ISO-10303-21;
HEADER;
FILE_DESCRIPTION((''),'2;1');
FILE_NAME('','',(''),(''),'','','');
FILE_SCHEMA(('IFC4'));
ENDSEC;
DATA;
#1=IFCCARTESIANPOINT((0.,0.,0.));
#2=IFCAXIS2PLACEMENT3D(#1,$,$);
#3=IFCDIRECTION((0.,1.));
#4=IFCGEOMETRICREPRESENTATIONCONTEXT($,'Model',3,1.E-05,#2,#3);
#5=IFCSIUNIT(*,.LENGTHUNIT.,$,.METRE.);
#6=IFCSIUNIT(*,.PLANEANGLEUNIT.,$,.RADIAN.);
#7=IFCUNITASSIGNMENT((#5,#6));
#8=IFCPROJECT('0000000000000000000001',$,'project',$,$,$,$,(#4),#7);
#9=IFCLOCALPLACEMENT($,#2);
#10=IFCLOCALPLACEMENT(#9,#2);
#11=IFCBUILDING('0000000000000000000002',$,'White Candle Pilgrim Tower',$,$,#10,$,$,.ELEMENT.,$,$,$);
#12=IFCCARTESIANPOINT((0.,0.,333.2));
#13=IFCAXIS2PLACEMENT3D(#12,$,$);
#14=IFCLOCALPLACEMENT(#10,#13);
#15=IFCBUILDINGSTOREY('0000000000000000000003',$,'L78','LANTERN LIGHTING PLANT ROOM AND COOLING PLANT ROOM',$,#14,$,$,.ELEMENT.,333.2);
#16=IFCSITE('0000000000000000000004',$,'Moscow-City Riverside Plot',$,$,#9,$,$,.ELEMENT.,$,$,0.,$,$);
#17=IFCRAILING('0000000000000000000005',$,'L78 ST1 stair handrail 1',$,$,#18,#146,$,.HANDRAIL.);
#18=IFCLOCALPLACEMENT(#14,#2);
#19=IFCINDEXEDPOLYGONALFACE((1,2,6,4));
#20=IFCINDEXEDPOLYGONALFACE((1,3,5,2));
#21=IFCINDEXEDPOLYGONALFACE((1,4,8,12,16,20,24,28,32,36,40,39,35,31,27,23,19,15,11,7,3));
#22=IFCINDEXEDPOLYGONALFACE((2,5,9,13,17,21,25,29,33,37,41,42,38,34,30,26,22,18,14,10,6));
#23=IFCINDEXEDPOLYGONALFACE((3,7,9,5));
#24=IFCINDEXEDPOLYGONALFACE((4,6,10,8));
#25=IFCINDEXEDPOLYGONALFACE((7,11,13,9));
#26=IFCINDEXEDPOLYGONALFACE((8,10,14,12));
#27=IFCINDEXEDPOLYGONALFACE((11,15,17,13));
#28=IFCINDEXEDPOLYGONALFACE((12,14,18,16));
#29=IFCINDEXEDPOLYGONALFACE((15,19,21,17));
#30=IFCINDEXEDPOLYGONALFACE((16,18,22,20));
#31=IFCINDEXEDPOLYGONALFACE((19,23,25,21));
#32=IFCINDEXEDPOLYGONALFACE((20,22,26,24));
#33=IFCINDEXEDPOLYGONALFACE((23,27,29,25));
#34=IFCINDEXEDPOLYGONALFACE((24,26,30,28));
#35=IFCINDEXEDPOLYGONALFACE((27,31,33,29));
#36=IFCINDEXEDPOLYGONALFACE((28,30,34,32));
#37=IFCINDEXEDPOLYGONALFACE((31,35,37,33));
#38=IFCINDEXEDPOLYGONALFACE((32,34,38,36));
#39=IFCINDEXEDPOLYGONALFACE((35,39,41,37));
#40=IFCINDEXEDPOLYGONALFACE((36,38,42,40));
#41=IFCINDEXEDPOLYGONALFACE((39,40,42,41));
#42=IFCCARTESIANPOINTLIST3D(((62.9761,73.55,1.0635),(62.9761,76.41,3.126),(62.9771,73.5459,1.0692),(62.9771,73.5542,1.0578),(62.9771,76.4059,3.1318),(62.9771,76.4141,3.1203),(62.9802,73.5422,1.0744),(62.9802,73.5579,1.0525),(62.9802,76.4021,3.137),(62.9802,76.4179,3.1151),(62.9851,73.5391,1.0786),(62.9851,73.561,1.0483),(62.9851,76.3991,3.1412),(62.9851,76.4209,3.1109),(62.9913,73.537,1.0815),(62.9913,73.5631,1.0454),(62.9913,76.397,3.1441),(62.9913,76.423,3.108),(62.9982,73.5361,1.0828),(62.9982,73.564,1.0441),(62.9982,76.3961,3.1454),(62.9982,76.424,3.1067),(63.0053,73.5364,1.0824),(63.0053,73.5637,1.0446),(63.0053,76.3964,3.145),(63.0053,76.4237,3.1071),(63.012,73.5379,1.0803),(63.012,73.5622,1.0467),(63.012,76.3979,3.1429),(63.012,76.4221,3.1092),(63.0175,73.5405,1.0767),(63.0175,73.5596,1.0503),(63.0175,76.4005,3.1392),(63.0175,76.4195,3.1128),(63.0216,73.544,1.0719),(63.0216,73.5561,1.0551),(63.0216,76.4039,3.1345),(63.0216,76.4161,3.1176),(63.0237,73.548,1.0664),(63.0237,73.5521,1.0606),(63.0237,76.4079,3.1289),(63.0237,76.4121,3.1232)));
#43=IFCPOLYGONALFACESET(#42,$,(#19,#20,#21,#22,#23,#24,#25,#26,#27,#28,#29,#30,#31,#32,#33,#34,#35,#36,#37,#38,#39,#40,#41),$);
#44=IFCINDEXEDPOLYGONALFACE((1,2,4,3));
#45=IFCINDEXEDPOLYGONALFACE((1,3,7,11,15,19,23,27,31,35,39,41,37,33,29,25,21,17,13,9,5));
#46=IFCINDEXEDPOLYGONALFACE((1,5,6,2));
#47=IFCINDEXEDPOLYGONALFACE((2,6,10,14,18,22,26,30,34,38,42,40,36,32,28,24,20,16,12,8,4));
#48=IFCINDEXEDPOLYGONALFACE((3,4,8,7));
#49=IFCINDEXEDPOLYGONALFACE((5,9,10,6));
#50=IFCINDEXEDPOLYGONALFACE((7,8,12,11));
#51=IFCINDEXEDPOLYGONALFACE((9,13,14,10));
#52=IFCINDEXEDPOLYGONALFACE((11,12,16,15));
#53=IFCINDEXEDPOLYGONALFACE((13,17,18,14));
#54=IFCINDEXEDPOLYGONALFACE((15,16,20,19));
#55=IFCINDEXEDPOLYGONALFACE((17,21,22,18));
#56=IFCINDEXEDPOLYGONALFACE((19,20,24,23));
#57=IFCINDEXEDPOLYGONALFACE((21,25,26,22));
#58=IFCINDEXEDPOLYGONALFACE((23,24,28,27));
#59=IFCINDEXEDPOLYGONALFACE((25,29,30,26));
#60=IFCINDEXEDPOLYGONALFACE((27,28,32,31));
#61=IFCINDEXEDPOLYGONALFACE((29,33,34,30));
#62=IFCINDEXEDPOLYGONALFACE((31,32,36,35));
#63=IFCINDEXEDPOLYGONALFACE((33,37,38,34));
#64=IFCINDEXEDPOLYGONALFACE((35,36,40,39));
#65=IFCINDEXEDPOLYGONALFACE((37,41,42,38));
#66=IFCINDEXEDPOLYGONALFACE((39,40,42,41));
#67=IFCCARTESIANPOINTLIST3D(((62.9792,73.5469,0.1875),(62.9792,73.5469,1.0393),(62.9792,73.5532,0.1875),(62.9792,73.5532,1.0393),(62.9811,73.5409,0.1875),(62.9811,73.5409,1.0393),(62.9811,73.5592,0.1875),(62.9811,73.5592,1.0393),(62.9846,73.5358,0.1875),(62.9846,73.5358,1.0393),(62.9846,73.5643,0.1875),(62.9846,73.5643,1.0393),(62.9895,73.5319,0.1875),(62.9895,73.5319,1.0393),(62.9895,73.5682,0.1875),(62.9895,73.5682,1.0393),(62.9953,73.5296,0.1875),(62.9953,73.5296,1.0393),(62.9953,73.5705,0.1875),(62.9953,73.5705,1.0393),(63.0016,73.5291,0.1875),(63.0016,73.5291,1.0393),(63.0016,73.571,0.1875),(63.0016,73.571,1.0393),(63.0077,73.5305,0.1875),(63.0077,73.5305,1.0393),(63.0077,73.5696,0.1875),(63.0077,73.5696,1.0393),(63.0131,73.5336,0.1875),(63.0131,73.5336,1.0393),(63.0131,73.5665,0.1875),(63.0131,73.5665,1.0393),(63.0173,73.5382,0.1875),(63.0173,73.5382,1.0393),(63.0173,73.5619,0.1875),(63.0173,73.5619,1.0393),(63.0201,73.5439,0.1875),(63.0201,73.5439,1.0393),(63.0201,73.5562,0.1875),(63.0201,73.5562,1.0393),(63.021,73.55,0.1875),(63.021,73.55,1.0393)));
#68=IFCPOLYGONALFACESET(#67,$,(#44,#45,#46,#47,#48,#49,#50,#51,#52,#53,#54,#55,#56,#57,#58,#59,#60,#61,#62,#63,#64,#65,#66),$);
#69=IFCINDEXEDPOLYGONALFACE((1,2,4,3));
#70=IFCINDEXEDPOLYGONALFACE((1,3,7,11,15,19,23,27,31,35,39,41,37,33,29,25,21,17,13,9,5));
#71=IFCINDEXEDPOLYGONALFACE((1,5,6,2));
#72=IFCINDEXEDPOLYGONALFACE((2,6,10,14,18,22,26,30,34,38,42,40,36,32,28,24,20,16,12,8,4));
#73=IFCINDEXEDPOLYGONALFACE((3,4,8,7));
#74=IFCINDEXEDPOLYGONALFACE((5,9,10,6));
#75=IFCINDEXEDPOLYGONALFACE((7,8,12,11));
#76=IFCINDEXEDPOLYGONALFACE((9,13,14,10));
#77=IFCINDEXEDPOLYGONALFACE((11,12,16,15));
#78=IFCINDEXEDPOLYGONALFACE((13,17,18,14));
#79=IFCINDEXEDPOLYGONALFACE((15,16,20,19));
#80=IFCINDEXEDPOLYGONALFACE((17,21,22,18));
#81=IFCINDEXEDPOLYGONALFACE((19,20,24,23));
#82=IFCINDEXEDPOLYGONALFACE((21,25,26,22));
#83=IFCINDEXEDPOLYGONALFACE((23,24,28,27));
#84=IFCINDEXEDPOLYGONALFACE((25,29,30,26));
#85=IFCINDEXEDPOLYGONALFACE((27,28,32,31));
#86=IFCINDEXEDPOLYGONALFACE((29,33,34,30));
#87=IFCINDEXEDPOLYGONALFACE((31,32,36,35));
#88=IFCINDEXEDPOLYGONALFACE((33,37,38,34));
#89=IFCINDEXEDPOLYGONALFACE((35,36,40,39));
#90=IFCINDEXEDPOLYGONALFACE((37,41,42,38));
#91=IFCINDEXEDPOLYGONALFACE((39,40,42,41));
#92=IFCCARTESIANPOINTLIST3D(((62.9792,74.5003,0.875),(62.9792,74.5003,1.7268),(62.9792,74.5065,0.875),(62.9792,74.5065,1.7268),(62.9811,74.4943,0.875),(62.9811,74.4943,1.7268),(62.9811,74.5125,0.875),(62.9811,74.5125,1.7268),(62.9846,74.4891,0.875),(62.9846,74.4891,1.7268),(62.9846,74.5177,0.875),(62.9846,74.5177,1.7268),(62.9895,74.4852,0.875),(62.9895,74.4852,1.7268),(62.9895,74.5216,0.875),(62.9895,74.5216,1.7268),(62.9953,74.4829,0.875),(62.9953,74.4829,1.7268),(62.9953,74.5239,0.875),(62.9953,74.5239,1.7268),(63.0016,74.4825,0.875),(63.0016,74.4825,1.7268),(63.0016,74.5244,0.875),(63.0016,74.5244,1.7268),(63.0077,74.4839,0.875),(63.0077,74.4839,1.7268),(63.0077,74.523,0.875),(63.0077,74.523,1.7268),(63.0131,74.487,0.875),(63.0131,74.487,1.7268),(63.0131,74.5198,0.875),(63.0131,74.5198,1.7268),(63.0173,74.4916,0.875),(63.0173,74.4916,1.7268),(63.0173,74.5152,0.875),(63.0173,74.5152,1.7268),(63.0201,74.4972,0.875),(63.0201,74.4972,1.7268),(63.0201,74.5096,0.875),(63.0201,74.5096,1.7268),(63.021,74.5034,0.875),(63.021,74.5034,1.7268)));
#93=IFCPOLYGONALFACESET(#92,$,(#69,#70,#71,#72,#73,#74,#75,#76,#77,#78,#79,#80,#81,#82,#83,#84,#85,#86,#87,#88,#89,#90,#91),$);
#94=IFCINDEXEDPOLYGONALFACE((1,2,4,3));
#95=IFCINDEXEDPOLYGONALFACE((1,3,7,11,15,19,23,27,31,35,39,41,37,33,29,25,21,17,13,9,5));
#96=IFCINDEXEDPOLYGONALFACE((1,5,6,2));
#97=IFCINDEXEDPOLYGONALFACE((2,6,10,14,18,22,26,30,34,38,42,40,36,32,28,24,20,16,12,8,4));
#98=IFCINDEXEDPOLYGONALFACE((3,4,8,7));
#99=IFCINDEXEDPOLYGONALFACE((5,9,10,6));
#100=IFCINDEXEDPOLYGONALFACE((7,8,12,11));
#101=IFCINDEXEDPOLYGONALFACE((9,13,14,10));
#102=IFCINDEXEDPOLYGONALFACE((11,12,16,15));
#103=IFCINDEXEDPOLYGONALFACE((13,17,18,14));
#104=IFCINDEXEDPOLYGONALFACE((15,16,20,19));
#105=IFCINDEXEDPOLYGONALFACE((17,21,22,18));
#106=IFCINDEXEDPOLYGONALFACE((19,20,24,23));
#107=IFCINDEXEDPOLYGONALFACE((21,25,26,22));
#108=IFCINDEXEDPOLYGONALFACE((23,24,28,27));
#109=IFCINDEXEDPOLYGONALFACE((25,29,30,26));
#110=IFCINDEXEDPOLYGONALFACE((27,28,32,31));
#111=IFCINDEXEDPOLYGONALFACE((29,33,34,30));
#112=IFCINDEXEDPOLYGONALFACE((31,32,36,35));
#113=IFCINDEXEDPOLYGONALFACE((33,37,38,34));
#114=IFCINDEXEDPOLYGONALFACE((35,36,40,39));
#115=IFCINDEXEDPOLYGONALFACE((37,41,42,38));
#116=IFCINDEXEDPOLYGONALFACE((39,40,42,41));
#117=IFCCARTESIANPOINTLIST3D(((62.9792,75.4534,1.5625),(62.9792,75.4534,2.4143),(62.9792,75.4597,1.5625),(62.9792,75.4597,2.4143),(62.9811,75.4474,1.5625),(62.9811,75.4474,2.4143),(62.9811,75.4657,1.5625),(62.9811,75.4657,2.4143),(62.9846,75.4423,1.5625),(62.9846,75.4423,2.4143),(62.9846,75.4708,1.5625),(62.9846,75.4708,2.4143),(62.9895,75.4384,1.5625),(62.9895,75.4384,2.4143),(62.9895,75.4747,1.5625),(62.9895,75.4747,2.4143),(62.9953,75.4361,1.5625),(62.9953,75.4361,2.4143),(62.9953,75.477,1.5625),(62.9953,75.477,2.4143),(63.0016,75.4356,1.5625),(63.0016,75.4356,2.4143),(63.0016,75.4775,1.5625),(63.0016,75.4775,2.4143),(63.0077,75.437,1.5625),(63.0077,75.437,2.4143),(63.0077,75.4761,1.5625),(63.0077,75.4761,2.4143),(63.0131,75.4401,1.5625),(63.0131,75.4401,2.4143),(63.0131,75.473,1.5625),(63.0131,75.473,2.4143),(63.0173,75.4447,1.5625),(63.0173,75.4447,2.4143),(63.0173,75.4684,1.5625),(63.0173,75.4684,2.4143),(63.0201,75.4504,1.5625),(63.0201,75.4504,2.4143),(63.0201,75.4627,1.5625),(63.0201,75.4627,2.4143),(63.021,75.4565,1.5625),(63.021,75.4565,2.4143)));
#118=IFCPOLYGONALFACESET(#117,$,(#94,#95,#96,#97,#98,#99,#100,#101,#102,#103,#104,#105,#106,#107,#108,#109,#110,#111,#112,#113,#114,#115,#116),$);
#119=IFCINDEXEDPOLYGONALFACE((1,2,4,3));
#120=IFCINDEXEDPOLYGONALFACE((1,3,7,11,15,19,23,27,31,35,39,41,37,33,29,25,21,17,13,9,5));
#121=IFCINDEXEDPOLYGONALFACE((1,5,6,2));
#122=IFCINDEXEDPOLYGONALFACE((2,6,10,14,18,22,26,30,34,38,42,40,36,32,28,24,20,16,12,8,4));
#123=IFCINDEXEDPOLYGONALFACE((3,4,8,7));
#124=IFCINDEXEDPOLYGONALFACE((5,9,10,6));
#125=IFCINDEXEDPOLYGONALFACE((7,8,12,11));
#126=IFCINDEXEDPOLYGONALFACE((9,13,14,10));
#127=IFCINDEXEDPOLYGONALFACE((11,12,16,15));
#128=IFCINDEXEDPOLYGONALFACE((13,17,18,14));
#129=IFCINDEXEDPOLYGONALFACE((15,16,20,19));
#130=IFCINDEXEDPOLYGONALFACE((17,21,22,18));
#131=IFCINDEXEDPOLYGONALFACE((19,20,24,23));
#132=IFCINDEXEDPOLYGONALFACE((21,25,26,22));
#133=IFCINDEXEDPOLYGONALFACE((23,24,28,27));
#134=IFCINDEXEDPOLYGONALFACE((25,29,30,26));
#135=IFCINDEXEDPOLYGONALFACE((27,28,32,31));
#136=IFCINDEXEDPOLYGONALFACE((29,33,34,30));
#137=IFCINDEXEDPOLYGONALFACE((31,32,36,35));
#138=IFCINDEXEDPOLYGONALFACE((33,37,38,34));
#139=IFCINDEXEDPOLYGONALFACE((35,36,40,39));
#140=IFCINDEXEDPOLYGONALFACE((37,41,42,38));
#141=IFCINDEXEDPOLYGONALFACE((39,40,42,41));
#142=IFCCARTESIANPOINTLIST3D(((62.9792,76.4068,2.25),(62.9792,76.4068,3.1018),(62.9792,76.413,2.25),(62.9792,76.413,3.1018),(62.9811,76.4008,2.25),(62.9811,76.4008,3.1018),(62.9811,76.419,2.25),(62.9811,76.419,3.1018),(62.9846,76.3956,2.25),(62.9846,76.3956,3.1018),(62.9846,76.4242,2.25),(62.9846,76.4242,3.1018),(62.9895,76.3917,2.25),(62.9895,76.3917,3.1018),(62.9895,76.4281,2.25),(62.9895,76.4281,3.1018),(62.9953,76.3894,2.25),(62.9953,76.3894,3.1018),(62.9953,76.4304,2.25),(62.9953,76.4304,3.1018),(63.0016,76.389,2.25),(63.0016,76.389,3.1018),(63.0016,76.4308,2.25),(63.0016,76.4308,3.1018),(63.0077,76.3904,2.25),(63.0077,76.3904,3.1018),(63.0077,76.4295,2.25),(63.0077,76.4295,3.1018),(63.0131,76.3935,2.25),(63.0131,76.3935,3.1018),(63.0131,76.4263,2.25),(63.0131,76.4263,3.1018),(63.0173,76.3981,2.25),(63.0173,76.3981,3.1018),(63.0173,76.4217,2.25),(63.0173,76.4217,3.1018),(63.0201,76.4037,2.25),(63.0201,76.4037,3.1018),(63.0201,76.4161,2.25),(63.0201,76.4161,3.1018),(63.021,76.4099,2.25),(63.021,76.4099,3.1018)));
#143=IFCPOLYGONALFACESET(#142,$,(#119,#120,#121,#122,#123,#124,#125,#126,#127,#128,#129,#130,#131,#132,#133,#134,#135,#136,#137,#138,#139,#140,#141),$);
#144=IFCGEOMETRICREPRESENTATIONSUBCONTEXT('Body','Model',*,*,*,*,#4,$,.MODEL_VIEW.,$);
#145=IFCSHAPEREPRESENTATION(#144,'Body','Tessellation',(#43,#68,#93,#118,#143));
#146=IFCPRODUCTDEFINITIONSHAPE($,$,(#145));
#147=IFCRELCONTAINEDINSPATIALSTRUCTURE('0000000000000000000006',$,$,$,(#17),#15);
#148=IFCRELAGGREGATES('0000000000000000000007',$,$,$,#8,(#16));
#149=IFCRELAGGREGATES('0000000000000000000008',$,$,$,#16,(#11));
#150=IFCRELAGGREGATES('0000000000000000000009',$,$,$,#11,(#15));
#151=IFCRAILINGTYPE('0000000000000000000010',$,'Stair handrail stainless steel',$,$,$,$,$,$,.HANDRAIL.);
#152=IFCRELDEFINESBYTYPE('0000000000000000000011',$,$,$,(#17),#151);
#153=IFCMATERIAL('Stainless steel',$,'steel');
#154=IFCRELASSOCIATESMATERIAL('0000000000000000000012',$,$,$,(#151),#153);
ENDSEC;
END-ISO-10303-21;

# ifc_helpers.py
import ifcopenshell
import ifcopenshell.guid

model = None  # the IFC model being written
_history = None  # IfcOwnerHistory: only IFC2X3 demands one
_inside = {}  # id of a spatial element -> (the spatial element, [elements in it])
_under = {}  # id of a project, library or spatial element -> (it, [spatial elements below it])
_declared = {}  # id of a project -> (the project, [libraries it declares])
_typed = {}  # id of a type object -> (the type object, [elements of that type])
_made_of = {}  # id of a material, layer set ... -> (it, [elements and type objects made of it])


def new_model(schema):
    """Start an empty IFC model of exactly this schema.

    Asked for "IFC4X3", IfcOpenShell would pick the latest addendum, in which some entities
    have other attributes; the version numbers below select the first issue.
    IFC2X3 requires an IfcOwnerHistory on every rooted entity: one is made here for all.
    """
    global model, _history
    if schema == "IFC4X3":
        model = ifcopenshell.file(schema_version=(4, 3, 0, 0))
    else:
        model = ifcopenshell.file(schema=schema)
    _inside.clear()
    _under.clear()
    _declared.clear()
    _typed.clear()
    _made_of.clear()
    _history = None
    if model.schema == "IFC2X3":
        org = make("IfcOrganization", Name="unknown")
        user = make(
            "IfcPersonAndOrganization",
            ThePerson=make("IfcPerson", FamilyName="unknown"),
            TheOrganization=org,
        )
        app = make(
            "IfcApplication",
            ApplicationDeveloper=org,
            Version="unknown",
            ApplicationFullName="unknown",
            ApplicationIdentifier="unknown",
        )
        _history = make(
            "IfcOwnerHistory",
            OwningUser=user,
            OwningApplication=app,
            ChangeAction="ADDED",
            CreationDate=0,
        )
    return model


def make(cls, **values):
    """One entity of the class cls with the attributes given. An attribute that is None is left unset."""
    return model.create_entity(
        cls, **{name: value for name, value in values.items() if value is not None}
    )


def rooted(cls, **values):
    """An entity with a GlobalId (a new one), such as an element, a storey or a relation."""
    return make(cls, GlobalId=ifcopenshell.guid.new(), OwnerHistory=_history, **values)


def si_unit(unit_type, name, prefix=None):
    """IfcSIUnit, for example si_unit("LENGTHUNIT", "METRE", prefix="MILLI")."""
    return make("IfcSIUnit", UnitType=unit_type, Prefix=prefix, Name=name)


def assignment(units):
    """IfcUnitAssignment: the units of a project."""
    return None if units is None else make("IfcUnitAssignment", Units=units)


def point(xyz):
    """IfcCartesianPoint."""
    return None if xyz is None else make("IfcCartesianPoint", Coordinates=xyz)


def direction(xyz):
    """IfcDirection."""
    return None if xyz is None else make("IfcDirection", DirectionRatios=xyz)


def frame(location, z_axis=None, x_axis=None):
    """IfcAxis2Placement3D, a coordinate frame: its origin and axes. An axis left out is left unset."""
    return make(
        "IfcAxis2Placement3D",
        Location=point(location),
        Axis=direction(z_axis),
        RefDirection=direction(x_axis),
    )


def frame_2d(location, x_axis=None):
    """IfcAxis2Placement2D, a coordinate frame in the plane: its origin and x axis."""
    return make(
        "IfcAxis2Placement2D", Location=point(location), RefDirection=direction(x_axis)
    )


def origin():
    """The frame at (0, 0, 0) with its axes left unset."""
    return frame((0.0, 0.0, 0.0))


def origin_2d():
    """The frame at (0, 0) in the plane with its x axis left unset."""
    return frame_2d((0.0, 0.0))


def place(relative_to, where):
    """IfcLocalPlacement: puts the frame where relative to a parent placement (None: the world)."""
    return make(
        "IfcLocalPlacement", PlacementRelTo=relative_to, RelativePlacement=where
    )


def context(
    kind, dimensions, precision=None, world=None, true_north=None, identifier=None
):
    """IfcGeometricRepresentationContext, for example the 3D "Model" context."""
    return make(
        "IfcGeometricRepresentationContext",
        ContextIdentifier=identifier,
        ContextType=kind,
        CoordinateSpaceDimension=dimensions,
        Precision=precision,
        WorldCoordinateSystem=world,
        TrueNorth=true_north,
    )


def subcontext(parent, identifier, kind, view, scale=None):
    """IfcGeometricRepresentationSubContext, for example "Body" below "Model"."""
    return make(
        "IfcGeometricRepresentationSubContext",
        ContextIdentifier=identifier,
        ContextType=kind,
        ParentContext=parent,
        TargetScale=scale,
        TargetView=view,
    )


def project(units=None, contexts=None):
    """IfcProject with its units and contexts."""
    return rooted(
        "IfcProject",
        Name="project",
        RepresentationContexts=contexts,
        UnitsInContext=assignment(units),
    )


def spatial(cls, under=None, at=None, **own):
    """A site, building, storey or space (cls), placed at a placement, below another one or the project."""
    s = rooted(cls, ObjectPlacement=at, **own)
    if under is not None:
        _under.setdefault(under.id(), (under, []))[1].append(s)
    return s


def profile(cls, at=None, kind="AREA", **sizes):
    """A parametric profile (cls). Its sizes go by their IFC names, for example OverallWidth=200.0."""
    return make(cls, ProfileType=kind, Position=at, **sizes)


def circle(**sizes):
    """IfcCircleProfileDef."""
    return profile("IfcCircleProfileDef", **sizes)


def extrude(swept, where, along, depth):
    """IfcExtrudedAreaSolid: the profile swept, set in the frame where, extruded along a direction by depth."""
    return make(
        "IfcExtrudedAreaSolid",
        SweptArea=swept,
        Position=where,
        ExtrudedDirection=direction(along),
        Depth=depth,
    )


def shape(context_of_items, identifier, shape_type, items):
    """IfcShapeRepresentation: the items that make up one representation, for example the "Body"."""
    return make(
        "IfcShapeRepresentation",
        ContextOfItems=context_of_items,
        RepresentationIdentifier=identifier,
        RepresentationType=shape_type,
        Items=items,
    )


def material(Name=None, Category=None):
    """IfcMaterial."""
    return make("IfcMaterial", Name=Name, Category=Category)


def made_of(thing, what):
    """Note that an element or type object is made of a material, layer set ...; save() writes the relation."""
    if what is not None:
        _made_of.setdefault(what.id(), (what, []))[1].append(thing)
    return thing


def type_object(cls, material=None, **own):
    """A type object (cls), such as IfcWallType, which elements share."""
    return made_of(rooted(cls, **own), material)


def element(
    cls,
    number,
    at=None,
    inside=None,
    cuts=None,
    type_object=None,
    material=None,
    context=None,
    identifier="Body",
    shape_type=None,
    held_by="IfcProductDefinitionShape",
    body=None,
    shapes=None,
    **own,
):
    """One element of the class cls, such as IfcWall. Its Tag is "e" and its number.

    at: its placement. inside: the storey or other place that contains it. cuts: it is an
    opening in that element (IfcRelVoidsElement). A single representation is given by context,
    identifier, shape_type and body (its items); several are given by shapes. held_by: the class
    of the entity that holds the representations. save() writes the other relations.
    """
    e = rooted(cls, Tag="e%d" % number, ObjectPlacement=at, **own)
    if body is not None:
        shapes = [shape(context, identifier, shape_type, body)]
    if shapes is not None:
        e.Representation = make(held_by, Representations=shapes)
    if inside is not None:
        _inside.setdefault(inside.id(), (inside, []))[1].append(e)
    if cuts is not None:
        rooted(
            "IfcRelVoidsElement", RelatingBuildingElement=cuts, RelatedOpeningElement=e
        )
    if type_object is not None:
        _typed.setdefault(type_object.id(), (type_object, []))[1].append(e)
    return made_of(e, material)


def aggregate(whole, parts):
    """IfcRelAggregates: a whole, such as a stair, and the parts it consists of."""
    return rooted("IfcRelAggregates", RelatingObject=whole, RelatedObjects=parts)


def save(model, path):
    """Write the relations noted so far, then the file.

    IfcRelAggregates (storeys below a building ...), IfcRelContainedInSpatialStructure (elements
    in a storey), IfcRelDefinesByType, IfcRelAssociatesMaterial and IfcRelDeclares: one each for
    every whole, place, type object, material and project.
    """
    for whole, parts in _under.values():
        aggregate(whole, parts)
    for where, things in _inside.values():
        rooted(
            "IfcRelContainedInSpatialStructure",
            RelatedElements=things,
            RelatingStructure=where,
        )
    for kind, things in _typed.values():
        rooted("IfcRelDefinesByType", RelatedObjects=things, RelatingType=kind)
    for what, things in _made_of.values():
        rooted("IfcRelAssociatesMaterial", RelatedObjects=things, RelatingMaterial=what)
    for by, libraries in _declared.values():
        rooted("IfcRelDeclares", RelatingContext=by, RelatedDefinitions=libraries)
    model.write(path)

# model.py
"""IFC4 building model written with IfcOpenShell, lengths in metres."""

from ifc_helpers import new_model, si_unit, direction, frame, origin, origin_2d, place, context, subcontext, project, spatial, circle, extrude, material, type_object, element, save


model = new_model("IFC4")

# Units and contexts
model_context = context("Model", 3, precision=1e-05, world=origin(), true_north=direction((0.0, 1.0)))
body_context = subcontext(model_context, "Body", "Model", "MODEL_VIEW")
ifc_project = project(units=[si_unit("LENGTHUNIT", "METRE"), si_unit("PLANEANGLEUNIT", "RADIAN")], contexts=[model_context])

# Site, building, storey
site_placement = place(None, origin())
site = spatial("IfcSite", under=ifc_project, at=site_placement, Name="Moscow-City Riverside Plot", CompositionType="ELEMENT", RefElevation=0.0)
building_placement = place(site_placement, origin())
building = spatial("IfcBuilding", under=site, at=building_placement, Name="White Candle Pilgrim Tower", CompositionType="ELEMENT")
storey_placement = place(building_placement, frame((0.0, 0.0, 333.2)))
storey = spatial("IfcBuildingStorey", under=building, at=storey_placement, Name="L78", Description="LANTERN LIGHTING PLANT ROOM AND COOLING PLANT ROOM", CompositionType="ELEMENT", Elevation=333.2)

# Railing
ifc_material_1 = material(Name="Stainless steel", Category="steel")
railing_type_1 = type_object("IfcRailingType", Name="Stair handrail stainless steel", PredefinedType="HANDRAIL", material=ifc_material_1)
railing_1_placement = place(storey_placement, frame((63.0, 73.55, 0.1875)))
element("IfcRailing", 1, at=railing_1_placement, inside=storey, type_object=railing_type_1, Name="L78 ST1 stair handrail 1", PredefinedType="HANDRAIL", context=body_context, shape_type="SweptSolid", body=[
    extrude(circle(Radius=0.0239, at=origin_2d()), frame((0.0, 0.0, 0.876), z_axis=(0.0, 0.811077, 0.584939), x_axis=(-1.0, 0.0, 0.0)), (0.0, 0.0, 1.0), 3.5261),
    extrude(circle(Radius=0.021, at=origin_2d()), origin(), (0.0, 0.0, 1.0), 0.8518),
    extrude(circle(Radius=0.021, at=origin_2d()), frame((0.0, 0.9534, 0.6875)), (0.0, 0.0, 1.0), 0.8518),
    extrude(circle(Radius=0.021, at=origin_2d()), frame((0.0, 1.9065, 1.375)), (0.0, 0.0, 1.0), 0.8518),
    extrude(circle(Radius=0.021, at=origin_2d()), frame((0.0, 2.8599, 2.0625)), (0.0, 0.0, 1.0), 0.8518),
])

save(model, "model.ifc")
